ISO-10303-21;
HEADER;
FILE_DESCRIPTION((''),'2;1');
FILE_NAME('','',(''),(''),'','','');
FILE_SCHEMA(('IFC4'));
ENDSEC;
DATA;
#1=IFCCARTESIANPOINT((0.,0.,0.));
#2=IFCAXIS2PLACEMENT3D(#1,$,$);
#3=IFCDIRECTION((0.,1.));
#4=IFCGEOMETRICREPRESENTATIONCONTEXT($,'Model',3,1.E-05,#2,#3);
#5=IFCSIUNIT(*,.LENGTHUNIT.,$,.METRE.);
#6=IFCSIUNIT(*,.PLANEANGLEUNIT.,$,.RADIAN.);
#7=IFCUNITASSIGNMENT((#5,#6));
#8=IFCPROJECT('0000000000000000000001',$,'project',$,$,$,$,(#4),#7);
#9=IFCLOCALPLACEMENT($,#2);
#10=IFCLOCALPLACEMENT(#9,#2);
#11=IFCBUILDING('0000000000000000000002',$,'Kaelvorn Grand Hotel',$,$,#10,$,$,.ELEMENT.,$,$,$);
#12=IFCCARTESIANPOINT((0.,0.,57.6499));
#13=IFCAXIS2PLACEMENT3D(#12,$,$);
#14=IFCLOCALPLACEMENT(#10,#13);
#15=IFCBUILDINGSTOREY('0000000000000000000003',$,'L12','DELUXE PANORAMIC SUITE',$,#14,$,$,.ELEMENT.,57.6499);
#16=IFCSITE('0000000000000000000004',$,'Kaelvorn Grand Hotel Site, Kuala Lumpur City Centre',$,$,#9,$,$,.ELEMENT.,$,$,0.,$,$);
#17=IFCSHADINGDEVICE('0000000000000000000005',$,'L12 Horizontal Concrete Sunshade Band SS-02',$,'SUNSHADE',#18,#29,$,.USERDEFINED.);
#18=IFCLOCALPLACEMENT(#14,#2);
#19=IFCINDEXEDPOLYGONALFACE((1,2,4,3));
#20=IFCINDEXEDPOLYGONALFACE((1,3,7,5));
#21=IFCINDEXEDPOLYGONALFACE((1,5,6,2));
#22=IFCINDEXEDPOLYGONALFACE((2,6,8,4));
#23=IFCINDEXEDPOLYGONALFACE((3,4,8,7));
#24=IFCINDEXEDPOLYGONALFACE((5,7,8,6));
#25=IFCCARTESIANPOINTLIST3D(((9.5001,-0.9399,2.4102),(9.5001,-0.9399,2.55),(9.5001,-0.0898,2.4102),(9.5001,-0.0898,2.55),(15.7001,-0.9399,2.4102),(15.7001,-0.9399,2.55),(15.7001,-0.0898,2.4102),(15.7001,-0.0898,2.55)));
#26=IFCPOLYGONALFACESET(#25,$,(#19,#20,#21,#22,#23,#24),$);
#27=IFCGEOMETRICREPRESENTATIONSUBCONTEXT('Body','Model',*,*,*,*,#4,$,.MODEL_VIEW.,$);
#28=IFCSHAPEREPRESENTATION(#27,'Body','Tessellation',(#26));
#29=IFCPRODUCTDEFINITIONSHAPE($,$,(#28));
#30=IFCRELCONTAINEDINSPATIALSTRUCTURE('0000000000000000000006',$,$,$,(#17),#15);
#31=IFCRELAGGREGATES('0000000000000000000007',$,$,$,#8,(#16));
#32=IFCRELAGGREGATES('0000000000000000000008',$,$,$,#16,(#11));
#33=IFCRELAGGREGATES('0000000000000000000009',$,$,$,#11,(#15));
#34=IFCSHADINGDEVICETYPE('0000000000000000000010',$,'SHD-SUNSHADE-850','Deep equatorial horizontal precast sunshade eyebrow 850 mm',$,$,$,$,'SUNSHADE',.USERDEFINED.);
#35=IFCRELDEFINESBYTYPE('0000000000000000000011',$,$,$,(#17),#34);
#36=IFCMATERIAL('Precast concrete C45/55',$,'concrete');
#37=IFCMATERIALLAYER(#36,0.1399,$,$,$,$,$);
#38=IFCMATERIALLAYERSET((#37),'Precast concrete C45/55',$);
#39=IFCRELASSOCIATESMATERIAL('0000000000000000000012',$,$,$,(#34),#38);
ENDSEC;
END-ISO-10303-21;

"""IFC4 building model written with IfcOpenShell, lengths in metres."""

from ifc_helpers import new_model, si_unit, direction, frame, origin, origin_2d, place, context, subcontext, project, spatial, rectangle, extrude, material, layer, layer_set, type_object, element, save


model = new_model("IFC4")

# Units and contexts
model_context = context("Model", 3, precision=1e-05, world=origin(), true_north=direction((0.0, 1.0)))
body_context = subcontext(model_context, "Body", "Model", "MODEL_VIEW")
ifc_project = project(units=[si_unit("LENGTHUNIT", "METRE"), si_unit("PLANEANGLEUNIT", "RADIAN")], contexts=[model_context])

# Site, building, storey
site_placement = place(None, origin())
site = spatial("IfcSite", under=ifc_project, at=site_placement, Name="Kaelvorn Grand Hotel Site, Kuala Lumpur City Centre", CompositionType="ELEMENT", RefElevation=0.0)
building_placement = place(site_placement, origin())
building = spatial("IfcBuilding", under=site, at=building_placement, Name="Kaelvorn Grand Hotel", CompositionType="ELEMENT")
storey_placement = place(building_placement, frame((0.0, 0.0, 57.6499)))
storey = spatial("IfcBuildingStorey", under=building, at=storey_placement, Name="L12", Description="DELUXE PANORAMIC SUITE", CompositionType="ELEMENT", Elevation=57.6499)

# Shading device
ifc_material_1 = material(Name="Precast concrete C45/55", Category="concrete")
ifc_layer_1 = layer(ifc_material_1, 0.1399)
ifc_layer_set_1 = layer_set([ifc_layer_1], Name="Precast concrete C45/55")
shading_device_type = type_object("IfcShadingDeviceType", Name="SHD-SUNSHADE-850", Description="Deep equatorial horizontal precast sunshade eyebrow 850 mm", ElementType="SUNSHADE", PredefinedType="USERDEFINED", material=ifc_layer_set_1)
shading_device_placement = place(storey_placement, frame((12.6001, -0.5149, 2.4102), z_axis=(0.0, 0.0, 1.0), x_axis=(1.0, 0.0, 0.0)))
element("IfcShadingDevice", 1, at=shading_device_placement, inside=storey, type_object=shading_device_type, Name="L12 Horizontal Concrete Sunshade Band SS-02", ObjectType="SUNSHADE", PredefinedType="USERDEFINED", context=body_context, shape_type="SweptSolid", body=[
    extrude(rectangle(XDim=6.2, YDim=0.8501, at=origin_2d()), origin(), (0.0, 0.0, 1.0), 0.1399),
])

save(model, "model.ifc")
